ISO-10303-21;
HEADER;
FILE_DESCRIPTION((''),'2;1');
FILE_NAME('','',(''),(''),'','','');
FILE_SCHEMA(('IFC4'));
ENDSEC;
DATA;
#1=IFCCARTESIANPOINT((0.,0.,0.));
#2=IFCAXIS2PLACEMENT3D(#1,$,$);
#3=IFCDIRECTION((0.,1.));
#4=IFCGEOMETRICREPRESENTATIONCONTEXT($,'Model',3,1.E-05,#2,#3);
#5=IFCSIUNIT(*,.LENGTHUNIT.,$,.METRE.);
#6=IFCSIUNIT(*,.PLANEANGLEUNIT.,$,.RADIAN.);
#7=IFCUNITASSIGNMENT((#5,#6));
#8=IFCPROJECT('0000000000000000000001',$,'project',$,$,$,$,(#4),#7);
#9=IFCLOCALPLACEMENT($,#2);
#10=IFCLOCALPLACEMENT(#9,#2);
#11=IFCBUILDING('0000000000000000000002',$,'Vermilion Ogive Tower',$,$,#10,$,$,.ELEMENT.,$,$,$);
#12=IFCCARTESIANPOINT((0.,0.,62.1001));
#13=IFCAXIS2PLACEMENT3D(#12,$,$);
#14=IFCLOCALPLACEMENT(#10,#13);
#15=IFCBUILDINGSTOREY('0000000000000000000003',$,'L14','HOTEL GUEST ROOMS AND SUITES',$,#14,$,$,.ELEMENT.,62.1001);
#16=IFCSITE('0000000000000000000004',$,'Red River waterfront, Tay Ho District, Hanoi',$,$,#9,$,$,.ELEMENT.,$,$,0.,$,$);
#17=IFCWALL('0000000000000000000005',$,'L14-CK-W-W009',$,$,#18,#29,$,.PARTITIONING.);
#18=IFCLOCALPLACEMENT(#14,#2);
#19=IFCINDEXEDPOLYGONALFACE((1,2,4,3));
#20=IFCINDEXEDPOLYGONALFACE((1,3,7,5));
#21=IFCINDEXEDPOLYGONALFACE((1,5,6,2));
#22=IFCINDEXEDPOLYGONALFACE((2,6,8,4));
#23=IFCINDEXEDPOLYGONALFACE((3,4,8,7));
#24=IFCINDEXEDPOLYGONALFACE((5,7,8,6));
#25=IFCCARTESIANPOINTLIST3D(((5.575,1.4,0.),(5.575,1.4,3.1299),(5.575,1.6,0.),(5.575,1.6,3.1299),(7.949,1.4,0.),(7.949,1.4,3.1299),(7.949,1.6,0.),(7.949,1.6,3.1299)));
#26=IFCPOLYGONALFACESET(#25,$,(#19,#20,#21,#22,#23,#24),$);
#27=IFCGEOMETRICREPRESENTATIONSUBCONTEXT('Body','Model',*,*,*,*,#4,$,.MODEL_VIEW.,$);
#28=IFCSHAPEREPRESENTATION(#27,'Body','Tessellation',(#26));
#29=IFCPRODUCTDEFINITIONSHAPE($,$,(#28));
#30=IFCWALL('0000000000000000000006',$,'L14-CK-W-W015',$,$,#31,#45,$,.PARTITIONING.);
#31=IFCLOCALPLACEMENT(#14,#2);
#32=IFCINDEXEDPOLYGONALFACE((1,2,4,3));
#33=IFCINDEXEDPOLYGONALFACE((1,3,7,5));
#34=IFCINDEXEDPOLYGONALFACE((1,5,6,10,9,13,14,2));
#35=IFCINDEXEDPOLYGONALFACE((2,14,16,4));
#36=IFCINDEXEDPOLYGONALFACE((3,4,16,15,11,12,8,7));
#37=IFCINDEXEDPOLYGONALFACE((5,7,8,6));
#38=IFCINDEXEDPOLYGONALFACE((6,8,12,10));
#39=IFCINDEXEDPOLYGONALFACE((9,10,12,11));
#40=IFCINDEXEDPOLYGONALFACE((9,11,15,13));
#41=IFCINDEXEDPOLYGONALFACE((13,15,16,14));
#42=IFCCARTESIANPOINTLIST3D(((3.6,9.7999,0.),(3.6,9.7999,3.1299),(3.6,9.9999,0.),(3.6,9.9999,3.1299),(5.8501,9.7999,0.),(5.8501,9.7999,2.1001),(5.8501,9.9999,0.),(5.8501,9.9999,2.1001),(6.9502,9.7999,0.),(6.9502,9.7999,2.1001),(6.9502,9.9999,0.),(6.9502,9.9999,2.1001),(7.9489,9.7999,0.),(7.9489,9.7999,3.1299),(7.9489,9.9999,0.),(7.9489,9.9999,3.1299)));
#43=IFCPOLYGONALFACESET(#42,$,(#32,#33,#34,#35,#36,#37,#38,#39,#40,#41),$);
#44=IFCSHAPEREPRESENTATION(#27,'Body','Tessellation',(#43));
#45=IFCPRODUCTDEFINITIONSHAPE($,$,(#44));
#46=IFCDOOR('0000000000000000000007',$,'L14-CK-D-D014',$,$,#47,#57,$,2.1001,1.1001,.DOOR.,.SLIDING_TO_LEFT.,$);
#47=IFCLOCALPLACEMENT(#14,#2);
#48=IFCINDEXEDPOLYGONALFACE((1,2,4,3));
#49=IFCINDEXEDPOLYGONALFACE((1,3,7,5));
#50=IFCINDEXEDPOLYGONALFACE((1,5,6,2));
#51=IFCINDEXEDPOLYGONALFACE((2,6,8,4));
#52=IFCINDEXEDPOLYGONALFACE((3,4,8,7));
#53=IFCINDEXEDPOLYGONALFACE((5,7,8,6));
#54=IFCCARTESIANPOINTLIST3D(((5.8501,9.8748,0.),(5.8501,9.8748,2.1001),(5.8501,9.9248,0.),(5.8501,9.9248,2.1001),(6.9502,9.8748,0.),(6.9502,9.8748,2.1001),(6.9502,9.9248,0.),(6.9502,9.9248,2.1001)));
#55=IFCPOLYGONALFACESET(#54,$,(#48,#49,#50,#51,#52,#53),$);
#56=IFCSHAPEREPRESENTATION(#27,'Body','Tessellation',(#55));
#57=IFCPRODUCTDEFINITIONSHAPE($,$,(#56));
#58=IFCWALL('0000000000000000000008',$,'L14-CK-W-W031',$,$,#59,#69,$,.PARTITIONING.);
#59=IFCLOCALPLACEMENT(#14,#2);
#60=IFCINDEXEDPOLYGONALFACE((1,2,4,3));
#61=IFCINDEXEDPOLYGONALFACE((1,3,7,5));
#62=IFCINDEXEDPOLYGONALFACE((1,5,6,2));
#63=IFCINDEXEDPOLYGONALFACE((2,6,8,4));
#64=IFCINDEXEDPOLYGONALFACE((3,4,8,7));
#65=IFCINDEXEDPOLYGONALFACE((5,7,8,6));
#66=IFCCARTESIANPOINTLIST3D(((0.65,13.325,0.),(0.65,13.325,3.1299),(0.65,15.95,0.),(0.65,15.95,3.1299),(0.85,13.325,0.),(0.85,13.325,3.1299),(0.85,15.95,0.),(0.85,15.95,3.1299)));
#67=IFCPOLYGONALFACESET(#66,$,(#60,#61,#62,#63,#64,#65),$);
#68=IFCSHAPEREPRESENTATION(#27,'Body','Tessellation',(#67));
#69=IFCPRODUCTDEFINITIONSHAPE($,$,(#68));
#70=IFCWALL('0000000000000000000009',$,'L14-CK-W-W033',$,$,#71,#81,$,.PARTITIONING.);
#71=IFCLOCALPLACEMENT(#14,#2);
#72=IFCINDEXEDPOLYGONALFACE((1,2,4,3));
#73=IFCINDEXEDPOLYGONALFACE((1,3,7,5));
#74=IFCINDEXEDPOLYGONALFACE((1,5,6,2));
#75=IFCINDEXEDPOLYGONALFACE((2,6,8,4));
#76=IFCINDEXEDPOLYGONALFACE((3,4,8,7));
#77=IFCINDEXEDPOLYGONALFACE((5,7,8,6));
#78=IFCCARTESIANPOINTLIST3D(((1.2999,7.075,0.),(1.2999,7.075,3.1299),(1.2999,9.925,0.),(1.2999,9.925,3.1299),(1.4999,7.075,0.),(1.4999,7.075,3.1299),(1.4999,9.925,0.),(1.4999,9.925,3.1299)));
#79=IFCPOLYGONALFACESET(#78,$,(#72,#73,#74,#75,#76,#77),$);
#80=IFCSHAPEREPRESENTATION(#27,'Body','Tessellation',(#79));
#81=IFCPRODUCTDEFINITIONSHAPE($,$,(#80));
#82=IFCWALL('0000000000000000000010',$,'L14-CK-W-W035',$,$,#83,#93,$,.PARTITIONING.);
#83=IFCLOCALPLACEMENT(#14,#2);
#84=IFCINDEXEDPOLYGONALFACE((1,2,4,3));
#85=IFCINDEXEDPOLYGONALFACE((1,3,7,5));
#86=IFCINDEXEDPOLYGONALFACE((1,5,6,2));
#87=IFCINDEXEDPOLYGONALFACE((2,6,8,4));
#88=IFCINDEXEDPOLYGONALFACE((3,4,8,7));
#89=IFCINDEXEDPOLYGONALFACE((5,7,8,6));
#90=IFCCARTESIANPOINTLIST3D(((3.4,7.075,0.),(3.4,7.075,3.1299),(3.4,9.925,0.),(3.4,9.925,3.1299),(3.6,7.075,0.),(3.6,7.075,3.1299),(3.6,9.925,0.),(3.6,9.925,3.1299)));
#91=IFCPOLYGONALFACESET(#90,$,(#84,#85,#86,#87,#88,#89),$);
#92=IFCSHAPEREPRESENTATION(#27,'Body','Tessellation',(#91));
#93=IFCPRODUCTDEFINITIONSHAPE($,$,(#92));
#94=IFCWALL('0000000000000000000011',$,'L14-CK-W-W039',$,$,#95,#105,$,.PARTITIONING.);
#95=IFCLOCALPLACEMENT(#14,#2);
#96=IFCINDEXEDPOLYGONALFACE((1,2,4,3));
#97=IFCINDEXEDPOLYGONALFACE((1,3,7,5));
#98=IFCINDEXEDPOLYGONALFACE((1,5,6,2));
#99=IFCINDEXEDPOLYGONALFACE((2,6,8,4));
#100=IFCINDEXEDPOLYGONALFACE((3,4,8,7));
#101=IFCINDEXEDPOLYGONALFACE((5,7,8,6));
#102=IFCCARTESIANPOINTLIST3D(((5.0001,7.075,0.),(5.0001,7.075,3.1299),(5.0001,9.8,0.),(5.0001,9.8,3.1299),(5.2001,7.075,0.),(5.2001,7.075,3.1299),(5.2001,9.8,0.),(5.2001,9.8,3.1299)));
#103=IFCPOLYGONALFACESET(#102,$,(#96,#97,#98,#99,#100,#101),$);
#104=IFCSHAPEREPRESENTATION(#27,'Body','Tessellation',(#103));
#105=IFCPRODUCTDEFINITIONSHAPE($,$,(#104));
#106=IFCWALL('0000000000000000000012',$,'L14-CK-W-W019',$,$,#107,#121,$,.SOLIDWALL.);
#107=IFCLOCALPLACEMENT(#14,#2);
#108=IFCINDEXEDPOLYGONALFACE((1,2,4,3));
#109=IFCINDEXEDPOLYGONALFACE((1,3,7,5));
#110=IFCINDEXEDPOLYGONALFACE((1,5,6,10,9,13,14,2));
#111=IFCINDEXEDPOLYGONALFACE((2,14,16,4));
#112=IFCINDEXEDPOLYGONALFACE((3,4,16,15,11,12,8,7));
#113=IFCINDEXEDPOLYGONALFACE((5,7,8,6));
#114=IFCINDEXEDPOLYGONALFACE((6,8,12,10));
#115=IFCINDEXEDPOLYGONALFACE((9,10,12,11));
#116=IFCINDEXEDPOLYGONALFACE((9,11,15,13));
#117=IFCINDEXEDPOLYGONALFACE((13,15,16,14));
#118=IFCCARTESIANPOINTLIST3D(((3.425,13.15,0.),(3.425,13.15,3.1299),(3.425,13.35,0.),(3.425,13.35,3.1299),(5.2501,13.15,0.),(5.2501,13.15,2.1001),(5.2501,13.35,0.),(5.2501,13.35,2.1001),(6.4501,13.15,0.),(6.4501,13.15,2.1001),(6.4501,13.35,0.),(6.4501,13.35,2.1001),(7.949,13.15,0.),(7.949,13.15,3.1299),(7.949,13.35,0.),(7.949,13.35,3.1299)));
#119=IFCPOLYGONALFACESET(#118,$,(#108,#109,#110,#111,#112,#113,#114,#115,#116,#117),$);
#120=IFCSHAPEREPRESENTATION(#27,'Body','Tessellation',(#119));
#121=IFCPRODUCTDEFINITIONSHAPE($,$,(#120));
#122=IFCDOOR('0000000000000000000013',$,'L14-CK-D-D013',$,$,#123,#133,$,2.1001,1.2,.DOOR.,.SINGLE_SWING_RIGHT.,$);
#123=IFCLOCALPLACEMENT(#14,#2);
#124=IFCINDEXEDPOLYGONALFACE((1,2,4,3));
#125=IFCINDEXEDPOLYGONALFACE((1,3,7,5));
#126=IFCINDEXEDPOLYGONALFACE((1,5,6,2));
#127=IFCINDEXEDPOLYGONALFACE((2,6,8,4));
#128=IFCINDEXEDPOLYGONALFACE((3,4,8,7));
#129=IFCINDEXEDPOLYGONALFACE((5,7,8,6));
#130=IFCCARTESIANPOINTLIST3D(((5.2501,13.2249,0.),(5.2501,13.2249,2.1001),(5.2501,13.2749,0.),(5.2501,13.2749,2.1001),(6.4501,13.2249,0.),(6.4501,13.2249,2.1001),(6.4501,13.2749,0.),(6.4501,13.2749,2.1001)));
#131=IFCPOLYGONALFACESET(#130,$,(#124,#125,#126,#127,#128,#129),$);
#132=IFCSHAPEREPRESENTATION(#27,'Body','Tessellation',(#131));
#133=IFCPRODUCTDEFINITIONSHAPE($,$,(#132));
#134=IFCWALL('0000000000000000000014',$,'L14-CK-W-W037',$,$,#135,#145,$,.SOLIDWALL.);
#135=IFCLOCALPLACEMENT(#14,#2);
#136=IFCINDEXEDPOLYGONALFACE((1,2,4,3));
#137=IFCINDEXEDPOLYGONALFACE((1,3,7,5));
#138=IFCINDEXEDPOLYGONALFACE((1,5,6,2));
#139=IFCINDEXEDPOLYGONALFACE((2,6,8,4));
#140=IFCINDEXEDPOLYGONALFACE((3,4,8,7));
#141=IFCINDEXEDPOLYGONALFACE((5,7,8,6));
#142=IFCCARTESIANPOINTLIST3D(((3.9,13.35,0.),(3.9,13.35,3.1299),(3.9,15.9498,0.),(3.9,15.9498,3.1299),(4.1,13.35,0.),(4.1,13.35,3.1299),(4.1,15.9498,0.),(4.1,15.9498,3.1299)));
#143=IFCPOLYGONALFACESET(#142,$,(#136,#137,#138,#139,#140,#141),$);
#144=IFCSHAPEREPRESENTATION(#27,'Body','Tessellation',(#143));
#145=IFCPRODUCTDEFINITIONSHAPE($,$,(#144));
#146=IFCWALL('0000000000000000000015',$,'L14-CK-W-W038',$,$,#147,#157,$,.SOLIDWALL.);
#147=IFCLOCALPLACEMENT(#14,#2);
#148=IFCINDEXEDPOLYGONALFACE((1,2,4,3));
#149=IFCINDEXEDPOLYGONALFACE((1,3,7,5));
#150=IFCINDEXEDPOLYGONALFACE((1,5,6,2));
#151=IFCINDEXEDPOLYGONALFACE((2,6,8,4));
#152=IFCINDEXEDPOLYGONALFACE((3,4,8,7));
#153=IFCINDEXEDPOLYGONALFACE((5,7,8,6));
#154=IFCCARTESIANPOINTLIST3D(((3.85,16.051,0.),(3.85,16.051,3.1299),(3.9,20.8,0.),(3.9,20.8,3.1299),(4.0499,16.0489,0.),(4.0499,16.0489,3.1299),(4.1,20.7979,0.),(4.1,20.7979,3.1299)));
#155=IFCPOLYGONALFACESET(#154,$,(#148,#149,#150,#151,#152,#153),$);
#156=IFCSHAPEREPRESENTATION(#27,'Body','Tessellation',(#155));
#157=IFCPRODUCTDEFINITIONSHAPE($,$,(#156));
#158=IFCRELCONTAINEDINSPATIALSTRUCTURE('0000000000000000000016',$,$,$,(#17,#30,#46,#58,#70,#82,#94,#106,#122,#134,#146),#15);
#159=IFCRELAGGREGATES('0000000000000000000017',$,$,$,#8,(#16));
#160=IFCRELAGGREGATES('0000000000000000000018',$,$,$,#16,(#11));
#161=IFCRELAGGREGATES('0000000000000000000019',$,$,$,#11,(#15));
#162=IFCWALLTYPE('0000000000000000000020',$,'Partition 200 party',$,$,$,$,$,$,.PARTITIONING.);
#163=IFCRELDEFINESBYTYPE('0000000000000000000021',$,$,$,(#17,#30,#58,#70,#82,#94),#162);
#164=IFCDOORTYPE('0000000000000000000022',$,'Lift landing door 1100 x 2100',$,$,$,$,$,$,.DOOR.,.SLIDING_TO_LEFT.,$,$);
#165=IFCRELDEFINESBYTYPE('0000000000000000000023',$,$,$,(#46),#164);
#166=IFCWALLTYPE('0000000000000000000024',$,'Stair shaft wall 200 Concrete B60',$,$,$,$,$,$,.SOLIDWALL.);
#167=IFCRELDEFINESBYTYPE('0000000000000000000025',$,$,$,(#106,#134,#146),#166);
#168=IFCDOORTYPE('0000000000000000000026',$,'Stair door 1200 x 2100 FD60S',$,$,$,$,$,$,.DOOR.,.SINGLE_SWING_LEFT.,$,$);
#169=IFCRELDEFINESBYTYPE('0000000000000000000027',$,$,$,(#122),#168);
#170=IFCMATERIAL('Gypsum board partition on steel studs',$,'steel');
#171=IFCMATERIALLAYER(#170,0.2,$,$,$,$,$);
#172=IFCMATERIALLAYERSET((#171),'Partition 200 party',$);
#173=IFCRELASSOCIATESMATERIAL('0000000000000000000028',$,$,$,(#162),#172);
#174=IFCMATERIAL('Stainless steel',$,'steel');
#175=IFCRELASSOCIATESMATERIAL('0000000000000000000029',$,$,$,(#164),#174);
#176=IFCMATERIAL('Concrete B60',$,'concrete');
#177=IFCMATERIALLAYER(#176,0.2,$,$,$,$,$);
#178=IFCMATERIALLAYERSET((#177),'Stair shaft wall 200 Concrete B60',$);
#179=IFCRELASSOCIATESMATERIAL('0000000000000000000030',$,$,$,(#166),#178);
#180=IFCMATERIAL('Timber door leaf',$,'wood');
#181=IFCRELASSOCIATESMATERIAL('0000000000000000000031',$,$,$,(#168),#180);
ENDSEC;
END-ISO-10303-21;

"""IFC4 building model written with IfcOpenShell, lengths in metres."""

from ifc_helpers import new_model, si_unit, direction, frame, frame_2d, origin, place, context, subcontext, project, spatial, rectangle, extrude, material, layer, layer_set, type_object, element, fill, save


model = new_model("IFC4")

# Units and contexts
model_context = context("Model", 3, precision=1e-05, world=origin(), true_north=direction((0.0, 1.0)))
body_context = subcontext(model_context, "Body", "Model", "MODEL_VIEW")
ifc_project = project(units=[si_unit("LENGTHUNIT", "METRE"), si_unit("PLANEANGLEUNIT", "RADIAN")], contexts=[model_context])

# Site, building, storey
site_placement = place(None, origin())
site = spatial("IfcSite", under=ifc_project, at=site_placement, Name="Red River waterfront, Tay Ho District, Hanoi", CompositionType="ELEMENT", RefElevation=0.0)
building_placement = place(site_placement, origin())
building = spatial("IfcBuilding", under=site, at=building_placement, Name="Vermilion Ogive Tower", CompositionType="ELEMENT")
storey_placement = place(building_placement, frame((0.0, 0.0, 62.1001)))
storey = spatial("IfcBuildingStorey", under=building, at=storey_placement, Name="L14", Description="HOTEL GUEST ROOMS AND SUITES", CompositionType="ELEMENT", Elevation=62.1001)

# Wall
ifc_material_1 = material(Name="Gypsum board partition on steel studs", Category="steel")
ifc_layer_1 = layer(ifc_material_1, 0.2)
ifc_layer_set_1 = layer_set([ifc_layer_1], Name="Partition 200 party")
wall_type_1 = type_object("IfcWallType", Name="Partition 200 party", PredefinedType="PARTITIONING", material=ifc_layer_set_1)
wall_1_placement = place(storey_placement, frame((5.575, 1.5, 0.0), z_axis=(0.0, 0.0, 1.0), x_axis=(1.0, 0.0, 0.0)))
element("IfcWall", 1, at=wall_1_placement, inside=storey, type_object=wall_type_1, Name="L14-CK-W-W009", PredefinedType="PARTITIONING", context=body_context, shape_type="SweptSolid", body=[
    extrude(rectangle(XDim=2.374, YDim=0.2, at=frame_2d((1.187, 0.0))), origin(), (0.0, 0.0, 1.0), 3.1299),
])

# Wall, opening, door
wall_2_placement = place(storey_placement, frame((3.6001, 9.8999, 0.0), z_axis=(0.0, 0.0, 1.0), x_axis=(1.0, 0.0, 0.0)))
wall_2 = element("IfcWall", 2, at=wall_2_placement, inside=storey, type_object=wall_type_1, Name="L14-CK-W-W015", PredefinedType="PARTITIONING", context=body_context, shape_type="SweptSolid", body=[
    extrude(rectangle(XDim=4.3489, YDim=0.2, at=frame_2d((2.1743, 0.0))), origin(), (0.0, 0.0, 1.0), 3.1299),
])
opening_1_placement = place(wall_2_placement, frame((2.25, 0.0, 0.0)))
opening_1 = element("IfcOpeningElement", 3, at=opening_1_placement, cuts=wall_2, PredefinedType="OPENING", context=body_context, shape_type="SweptSolid", body=[
    extrude(rectangle(XDim=1.1001, YDim=2.1001, at=frame_2d((0.55, 1.05))), frame((0.0, 0.1099, 0.0), z_axis=(0.0, -1.0, 0.0), x_axis=(1.0, 0.0, 0.0)), (0.0, 0.0, 1.0), 0.22),
])
ifc_material_2 = material(Name="Stainless steel", Category="steel")
door_type_1 = type_object("IfcDoorType", Name="Lift landing door 1100 x 2100", OperationType="SLIDING_TO_LEFT", PredefinedType="DOOR", material=ifc_material_2)
door_1_placement = place(opening_1_placement, origin())
door_1 = element("IfcDoor", 4, at=door_1_placement, inside=storey, type_object=door_type_1, Name="L14-CK-D-D014", OperationType="SLIDING_TO_LEFT", OverallHeight=2.1001, OverallWidth=1.1001, PredefinedType="DOOR", context=body_context, shape_type="SweptSolid", body=[
    extrude(rectangle(XDim=1.1001, YDim=2.1001, at=frame_2d((0.55, 1.05))), frame((0.0, 0.0249, 0.0), z_axis=(0.0, -1.0, 0.0), x_axis=(1.0, 0.0, 0.0)), (0.0, 0.0, 1.0), 0.05),
])
fill(opening_1, door_1)

# Walls
wall_3_placement = place(storey_placement, frame((0.75, 13.325, 0.0), z_axis=(0.0, 0.0, 1.0), x_axis=(0.0, 1.0, 0.0)))
element("IfcWall", 5, at=wall_3_placement, inside=storey, type_object=wall_type_1, Name="L14-CK-W-W031", PredefinedType="PARTITIONING", context=body_context, shape_type="SweptSolid", body=[
    extrude(rectangle(XDim=2.625, YDim=0.2, at=frame_2d((1.3125, 0.0))), origin(), (0.0, 0.0, 1.0), 3.1299),
])
for number, where, z_axis, x_axis, name in (
    (6, (1.3999, 7.075, 0.0), (0.0, 0.0, 1.0), (0.0, 1.0, 0.0), "L14-CK-W-W033"),
    (7, (3.5, 7.075, 0.0), (0.0, 0.0, 1.0), (0.0, 1.0, 0.0), "L14-CK-W-W035"),
):
    element("IfcWall", number, at=place(storey_placement, frame(where, z_axis=z_axis, x_axis=x_axis)), inside=storey, type_object=wall_type_1, Name=name, PredefinedType="PARTITIONING", context=body_context, shape_type="SweptSolid", body=[
        extrude(rectangle(XDim=2.8501, YDim=0.2, at=frame_2d((1.425, 0.0))), origin(), (0.0, 0.0, 1.0), 3.1299),
    ])
wall_4_placement = place(storey_placement, frame((5.1001, 7.075, 0.0), z_axis=(0.0, 0.0, 1.0), x_axis=(0.0, 1.0, 0.0)))
element("IfcWall", 8, at=wall_4_placement, inside=storey, type_object=wall_type_1, Name="L14-CK-W-W039", PredefinedType="PARTITIONING", context=body_context, shape_type="SweptSolid", body=[
    extrude(rectangle(XDim=2.7251, YDim=0.2, at=frame_2d((1.3625, 0.0))), origin(), (0.0, 0.0, 1.0), 3.1299),
])

# Wall, opening, door
ifc_material_3 = material(Name="Concrete B60", Category="concrete")
ifc_layer_2 = layer(ifc_material_3, 0.2)
ifc_layer_set_2 = layer_set([ifc_layer_2], Name="Stair shaft wall 200 Concrete B60")
wall_type_2 = type_object("IfcWallType", Name="Stair shaft wall 200 Concrete B60", PredefinedType="SOLIDWALL", material=ifc_layer_set_2)
wall_5_placement = place(storey_placement, frame((3.425, 13.25, 0.0), z_axis=(0.0, 0.0, 1.0), x_axis=(1.0, 0.0, 0.0)))
wall_5 = element("IfcWall", 9, at=wall_5_placement, inside=storey, type_object=wall_type_2, Name="L14-CK-W-W019", PredefinedType="SOLIDWALL", context=body_context, shape_type="SweptSolid", body=[
    extrude(rectangle(XDim=4.5239, YDim=0.2, at=frame_2d((2.262, 0.0))), origin(), (0.0, 0.0, 1.0), 3.1299),
])
opening_2_placement = place(wall_5_placement, frame((1.825, 0.0, 0.0)))
opening_2 = element("IfcOpeningElement", 10, at=opening_2_placement, cuts=wall_5, PredefinedType="OPENING", context=body_context, shape_type="SweptSolid", body=[
    extrude(rectangle(XDim=1.2, YDim=2.1001, at=frame_2d((0.6001, 1.05))), frame((0.0, 0.1099, 0.0), z_axis=(0.0, -1.0, 0.0), x_axis=(1.0, 0.0, 0.0)), (0.0, 0.0, 1.0), 0.22),
])
ifc_material_4 = material(Name="Timber door leaf", Category="wood")
door_type_2 = type_object("IfcDoorType", Name="Stair door 1200 x 2100 FD60S", OperationType="SINGLE_SWING_LEFT", PredefinedType="DOOR", material=ifc_material_4)
door_2_placement = place(opening_2_placement, origin())
door_2 = element("IfcDoor", 11, at=door_2_placement, inside=storey, type_object=door_type_2, Name="L14-CK-D-D013", OperationType="SINGLE_SWING_RIGHT", OverallHeight=2.1001, OverallWidth=1.2, PredefinedType="DOOR", context=body_context, shape_type="SweptSolid", body=[
    extrude(rectangle(XDim=1.2, YDim=2.1001, at=frame_2d((0.6001, 1.05))), frame((0.0, 0.0249, 0.0), z_axis=(0.0, -1.0, 0.0), x_axis=(1.0, 0.0, 0.0)), (0.0, 0.0, 1.0), 0.05),
])
fill(opening_2, door_2)

# Walls
wall_6_placement = place(storey_placement, frame((4.0, 13.3501, 0.0), z_axis=(0.0, 0.0, 1.0), x_axis=(0.0, 1.0, 0.0)))
element("IfcWall", 12, at=wall_6_placement, inside=storey, type_object=wall_type_2, Name="L14-CK-W-W037", PredefinedType="SOLIDWALL", context=body_context, shape_type="SweptSolid", body=[
    extrude(rectangle(XDim=2.5999, YDim=0.2, at=frame_2d((1.2998, 0.0))), origin(), (0.0, 0.0, 1.0), 3.1299),
])
wall_7_placement = place(storey_placement, frame((3.95, 16.05, 0.0), z_axis=(0.0, 0.0, 1.0), x_axis=(0.010538, 0.999944, 0.0)))
element("IfcWall", 13, at=wall_7_placement, inside=storey, type_object=wall_type_2, Name="L14-CK-W-W038", PredefinedType="SOLIDWALL", context=body_context, shape_type="SweptSolid", body=[
    extrude(rectangle(XDim=4.7493, YDim=0.2, at=frame_2d((2.3745, 0.0))), origin(), (0.0, 0.0, 1.0), 3.1299),
])

save(model, "model.ifc")
